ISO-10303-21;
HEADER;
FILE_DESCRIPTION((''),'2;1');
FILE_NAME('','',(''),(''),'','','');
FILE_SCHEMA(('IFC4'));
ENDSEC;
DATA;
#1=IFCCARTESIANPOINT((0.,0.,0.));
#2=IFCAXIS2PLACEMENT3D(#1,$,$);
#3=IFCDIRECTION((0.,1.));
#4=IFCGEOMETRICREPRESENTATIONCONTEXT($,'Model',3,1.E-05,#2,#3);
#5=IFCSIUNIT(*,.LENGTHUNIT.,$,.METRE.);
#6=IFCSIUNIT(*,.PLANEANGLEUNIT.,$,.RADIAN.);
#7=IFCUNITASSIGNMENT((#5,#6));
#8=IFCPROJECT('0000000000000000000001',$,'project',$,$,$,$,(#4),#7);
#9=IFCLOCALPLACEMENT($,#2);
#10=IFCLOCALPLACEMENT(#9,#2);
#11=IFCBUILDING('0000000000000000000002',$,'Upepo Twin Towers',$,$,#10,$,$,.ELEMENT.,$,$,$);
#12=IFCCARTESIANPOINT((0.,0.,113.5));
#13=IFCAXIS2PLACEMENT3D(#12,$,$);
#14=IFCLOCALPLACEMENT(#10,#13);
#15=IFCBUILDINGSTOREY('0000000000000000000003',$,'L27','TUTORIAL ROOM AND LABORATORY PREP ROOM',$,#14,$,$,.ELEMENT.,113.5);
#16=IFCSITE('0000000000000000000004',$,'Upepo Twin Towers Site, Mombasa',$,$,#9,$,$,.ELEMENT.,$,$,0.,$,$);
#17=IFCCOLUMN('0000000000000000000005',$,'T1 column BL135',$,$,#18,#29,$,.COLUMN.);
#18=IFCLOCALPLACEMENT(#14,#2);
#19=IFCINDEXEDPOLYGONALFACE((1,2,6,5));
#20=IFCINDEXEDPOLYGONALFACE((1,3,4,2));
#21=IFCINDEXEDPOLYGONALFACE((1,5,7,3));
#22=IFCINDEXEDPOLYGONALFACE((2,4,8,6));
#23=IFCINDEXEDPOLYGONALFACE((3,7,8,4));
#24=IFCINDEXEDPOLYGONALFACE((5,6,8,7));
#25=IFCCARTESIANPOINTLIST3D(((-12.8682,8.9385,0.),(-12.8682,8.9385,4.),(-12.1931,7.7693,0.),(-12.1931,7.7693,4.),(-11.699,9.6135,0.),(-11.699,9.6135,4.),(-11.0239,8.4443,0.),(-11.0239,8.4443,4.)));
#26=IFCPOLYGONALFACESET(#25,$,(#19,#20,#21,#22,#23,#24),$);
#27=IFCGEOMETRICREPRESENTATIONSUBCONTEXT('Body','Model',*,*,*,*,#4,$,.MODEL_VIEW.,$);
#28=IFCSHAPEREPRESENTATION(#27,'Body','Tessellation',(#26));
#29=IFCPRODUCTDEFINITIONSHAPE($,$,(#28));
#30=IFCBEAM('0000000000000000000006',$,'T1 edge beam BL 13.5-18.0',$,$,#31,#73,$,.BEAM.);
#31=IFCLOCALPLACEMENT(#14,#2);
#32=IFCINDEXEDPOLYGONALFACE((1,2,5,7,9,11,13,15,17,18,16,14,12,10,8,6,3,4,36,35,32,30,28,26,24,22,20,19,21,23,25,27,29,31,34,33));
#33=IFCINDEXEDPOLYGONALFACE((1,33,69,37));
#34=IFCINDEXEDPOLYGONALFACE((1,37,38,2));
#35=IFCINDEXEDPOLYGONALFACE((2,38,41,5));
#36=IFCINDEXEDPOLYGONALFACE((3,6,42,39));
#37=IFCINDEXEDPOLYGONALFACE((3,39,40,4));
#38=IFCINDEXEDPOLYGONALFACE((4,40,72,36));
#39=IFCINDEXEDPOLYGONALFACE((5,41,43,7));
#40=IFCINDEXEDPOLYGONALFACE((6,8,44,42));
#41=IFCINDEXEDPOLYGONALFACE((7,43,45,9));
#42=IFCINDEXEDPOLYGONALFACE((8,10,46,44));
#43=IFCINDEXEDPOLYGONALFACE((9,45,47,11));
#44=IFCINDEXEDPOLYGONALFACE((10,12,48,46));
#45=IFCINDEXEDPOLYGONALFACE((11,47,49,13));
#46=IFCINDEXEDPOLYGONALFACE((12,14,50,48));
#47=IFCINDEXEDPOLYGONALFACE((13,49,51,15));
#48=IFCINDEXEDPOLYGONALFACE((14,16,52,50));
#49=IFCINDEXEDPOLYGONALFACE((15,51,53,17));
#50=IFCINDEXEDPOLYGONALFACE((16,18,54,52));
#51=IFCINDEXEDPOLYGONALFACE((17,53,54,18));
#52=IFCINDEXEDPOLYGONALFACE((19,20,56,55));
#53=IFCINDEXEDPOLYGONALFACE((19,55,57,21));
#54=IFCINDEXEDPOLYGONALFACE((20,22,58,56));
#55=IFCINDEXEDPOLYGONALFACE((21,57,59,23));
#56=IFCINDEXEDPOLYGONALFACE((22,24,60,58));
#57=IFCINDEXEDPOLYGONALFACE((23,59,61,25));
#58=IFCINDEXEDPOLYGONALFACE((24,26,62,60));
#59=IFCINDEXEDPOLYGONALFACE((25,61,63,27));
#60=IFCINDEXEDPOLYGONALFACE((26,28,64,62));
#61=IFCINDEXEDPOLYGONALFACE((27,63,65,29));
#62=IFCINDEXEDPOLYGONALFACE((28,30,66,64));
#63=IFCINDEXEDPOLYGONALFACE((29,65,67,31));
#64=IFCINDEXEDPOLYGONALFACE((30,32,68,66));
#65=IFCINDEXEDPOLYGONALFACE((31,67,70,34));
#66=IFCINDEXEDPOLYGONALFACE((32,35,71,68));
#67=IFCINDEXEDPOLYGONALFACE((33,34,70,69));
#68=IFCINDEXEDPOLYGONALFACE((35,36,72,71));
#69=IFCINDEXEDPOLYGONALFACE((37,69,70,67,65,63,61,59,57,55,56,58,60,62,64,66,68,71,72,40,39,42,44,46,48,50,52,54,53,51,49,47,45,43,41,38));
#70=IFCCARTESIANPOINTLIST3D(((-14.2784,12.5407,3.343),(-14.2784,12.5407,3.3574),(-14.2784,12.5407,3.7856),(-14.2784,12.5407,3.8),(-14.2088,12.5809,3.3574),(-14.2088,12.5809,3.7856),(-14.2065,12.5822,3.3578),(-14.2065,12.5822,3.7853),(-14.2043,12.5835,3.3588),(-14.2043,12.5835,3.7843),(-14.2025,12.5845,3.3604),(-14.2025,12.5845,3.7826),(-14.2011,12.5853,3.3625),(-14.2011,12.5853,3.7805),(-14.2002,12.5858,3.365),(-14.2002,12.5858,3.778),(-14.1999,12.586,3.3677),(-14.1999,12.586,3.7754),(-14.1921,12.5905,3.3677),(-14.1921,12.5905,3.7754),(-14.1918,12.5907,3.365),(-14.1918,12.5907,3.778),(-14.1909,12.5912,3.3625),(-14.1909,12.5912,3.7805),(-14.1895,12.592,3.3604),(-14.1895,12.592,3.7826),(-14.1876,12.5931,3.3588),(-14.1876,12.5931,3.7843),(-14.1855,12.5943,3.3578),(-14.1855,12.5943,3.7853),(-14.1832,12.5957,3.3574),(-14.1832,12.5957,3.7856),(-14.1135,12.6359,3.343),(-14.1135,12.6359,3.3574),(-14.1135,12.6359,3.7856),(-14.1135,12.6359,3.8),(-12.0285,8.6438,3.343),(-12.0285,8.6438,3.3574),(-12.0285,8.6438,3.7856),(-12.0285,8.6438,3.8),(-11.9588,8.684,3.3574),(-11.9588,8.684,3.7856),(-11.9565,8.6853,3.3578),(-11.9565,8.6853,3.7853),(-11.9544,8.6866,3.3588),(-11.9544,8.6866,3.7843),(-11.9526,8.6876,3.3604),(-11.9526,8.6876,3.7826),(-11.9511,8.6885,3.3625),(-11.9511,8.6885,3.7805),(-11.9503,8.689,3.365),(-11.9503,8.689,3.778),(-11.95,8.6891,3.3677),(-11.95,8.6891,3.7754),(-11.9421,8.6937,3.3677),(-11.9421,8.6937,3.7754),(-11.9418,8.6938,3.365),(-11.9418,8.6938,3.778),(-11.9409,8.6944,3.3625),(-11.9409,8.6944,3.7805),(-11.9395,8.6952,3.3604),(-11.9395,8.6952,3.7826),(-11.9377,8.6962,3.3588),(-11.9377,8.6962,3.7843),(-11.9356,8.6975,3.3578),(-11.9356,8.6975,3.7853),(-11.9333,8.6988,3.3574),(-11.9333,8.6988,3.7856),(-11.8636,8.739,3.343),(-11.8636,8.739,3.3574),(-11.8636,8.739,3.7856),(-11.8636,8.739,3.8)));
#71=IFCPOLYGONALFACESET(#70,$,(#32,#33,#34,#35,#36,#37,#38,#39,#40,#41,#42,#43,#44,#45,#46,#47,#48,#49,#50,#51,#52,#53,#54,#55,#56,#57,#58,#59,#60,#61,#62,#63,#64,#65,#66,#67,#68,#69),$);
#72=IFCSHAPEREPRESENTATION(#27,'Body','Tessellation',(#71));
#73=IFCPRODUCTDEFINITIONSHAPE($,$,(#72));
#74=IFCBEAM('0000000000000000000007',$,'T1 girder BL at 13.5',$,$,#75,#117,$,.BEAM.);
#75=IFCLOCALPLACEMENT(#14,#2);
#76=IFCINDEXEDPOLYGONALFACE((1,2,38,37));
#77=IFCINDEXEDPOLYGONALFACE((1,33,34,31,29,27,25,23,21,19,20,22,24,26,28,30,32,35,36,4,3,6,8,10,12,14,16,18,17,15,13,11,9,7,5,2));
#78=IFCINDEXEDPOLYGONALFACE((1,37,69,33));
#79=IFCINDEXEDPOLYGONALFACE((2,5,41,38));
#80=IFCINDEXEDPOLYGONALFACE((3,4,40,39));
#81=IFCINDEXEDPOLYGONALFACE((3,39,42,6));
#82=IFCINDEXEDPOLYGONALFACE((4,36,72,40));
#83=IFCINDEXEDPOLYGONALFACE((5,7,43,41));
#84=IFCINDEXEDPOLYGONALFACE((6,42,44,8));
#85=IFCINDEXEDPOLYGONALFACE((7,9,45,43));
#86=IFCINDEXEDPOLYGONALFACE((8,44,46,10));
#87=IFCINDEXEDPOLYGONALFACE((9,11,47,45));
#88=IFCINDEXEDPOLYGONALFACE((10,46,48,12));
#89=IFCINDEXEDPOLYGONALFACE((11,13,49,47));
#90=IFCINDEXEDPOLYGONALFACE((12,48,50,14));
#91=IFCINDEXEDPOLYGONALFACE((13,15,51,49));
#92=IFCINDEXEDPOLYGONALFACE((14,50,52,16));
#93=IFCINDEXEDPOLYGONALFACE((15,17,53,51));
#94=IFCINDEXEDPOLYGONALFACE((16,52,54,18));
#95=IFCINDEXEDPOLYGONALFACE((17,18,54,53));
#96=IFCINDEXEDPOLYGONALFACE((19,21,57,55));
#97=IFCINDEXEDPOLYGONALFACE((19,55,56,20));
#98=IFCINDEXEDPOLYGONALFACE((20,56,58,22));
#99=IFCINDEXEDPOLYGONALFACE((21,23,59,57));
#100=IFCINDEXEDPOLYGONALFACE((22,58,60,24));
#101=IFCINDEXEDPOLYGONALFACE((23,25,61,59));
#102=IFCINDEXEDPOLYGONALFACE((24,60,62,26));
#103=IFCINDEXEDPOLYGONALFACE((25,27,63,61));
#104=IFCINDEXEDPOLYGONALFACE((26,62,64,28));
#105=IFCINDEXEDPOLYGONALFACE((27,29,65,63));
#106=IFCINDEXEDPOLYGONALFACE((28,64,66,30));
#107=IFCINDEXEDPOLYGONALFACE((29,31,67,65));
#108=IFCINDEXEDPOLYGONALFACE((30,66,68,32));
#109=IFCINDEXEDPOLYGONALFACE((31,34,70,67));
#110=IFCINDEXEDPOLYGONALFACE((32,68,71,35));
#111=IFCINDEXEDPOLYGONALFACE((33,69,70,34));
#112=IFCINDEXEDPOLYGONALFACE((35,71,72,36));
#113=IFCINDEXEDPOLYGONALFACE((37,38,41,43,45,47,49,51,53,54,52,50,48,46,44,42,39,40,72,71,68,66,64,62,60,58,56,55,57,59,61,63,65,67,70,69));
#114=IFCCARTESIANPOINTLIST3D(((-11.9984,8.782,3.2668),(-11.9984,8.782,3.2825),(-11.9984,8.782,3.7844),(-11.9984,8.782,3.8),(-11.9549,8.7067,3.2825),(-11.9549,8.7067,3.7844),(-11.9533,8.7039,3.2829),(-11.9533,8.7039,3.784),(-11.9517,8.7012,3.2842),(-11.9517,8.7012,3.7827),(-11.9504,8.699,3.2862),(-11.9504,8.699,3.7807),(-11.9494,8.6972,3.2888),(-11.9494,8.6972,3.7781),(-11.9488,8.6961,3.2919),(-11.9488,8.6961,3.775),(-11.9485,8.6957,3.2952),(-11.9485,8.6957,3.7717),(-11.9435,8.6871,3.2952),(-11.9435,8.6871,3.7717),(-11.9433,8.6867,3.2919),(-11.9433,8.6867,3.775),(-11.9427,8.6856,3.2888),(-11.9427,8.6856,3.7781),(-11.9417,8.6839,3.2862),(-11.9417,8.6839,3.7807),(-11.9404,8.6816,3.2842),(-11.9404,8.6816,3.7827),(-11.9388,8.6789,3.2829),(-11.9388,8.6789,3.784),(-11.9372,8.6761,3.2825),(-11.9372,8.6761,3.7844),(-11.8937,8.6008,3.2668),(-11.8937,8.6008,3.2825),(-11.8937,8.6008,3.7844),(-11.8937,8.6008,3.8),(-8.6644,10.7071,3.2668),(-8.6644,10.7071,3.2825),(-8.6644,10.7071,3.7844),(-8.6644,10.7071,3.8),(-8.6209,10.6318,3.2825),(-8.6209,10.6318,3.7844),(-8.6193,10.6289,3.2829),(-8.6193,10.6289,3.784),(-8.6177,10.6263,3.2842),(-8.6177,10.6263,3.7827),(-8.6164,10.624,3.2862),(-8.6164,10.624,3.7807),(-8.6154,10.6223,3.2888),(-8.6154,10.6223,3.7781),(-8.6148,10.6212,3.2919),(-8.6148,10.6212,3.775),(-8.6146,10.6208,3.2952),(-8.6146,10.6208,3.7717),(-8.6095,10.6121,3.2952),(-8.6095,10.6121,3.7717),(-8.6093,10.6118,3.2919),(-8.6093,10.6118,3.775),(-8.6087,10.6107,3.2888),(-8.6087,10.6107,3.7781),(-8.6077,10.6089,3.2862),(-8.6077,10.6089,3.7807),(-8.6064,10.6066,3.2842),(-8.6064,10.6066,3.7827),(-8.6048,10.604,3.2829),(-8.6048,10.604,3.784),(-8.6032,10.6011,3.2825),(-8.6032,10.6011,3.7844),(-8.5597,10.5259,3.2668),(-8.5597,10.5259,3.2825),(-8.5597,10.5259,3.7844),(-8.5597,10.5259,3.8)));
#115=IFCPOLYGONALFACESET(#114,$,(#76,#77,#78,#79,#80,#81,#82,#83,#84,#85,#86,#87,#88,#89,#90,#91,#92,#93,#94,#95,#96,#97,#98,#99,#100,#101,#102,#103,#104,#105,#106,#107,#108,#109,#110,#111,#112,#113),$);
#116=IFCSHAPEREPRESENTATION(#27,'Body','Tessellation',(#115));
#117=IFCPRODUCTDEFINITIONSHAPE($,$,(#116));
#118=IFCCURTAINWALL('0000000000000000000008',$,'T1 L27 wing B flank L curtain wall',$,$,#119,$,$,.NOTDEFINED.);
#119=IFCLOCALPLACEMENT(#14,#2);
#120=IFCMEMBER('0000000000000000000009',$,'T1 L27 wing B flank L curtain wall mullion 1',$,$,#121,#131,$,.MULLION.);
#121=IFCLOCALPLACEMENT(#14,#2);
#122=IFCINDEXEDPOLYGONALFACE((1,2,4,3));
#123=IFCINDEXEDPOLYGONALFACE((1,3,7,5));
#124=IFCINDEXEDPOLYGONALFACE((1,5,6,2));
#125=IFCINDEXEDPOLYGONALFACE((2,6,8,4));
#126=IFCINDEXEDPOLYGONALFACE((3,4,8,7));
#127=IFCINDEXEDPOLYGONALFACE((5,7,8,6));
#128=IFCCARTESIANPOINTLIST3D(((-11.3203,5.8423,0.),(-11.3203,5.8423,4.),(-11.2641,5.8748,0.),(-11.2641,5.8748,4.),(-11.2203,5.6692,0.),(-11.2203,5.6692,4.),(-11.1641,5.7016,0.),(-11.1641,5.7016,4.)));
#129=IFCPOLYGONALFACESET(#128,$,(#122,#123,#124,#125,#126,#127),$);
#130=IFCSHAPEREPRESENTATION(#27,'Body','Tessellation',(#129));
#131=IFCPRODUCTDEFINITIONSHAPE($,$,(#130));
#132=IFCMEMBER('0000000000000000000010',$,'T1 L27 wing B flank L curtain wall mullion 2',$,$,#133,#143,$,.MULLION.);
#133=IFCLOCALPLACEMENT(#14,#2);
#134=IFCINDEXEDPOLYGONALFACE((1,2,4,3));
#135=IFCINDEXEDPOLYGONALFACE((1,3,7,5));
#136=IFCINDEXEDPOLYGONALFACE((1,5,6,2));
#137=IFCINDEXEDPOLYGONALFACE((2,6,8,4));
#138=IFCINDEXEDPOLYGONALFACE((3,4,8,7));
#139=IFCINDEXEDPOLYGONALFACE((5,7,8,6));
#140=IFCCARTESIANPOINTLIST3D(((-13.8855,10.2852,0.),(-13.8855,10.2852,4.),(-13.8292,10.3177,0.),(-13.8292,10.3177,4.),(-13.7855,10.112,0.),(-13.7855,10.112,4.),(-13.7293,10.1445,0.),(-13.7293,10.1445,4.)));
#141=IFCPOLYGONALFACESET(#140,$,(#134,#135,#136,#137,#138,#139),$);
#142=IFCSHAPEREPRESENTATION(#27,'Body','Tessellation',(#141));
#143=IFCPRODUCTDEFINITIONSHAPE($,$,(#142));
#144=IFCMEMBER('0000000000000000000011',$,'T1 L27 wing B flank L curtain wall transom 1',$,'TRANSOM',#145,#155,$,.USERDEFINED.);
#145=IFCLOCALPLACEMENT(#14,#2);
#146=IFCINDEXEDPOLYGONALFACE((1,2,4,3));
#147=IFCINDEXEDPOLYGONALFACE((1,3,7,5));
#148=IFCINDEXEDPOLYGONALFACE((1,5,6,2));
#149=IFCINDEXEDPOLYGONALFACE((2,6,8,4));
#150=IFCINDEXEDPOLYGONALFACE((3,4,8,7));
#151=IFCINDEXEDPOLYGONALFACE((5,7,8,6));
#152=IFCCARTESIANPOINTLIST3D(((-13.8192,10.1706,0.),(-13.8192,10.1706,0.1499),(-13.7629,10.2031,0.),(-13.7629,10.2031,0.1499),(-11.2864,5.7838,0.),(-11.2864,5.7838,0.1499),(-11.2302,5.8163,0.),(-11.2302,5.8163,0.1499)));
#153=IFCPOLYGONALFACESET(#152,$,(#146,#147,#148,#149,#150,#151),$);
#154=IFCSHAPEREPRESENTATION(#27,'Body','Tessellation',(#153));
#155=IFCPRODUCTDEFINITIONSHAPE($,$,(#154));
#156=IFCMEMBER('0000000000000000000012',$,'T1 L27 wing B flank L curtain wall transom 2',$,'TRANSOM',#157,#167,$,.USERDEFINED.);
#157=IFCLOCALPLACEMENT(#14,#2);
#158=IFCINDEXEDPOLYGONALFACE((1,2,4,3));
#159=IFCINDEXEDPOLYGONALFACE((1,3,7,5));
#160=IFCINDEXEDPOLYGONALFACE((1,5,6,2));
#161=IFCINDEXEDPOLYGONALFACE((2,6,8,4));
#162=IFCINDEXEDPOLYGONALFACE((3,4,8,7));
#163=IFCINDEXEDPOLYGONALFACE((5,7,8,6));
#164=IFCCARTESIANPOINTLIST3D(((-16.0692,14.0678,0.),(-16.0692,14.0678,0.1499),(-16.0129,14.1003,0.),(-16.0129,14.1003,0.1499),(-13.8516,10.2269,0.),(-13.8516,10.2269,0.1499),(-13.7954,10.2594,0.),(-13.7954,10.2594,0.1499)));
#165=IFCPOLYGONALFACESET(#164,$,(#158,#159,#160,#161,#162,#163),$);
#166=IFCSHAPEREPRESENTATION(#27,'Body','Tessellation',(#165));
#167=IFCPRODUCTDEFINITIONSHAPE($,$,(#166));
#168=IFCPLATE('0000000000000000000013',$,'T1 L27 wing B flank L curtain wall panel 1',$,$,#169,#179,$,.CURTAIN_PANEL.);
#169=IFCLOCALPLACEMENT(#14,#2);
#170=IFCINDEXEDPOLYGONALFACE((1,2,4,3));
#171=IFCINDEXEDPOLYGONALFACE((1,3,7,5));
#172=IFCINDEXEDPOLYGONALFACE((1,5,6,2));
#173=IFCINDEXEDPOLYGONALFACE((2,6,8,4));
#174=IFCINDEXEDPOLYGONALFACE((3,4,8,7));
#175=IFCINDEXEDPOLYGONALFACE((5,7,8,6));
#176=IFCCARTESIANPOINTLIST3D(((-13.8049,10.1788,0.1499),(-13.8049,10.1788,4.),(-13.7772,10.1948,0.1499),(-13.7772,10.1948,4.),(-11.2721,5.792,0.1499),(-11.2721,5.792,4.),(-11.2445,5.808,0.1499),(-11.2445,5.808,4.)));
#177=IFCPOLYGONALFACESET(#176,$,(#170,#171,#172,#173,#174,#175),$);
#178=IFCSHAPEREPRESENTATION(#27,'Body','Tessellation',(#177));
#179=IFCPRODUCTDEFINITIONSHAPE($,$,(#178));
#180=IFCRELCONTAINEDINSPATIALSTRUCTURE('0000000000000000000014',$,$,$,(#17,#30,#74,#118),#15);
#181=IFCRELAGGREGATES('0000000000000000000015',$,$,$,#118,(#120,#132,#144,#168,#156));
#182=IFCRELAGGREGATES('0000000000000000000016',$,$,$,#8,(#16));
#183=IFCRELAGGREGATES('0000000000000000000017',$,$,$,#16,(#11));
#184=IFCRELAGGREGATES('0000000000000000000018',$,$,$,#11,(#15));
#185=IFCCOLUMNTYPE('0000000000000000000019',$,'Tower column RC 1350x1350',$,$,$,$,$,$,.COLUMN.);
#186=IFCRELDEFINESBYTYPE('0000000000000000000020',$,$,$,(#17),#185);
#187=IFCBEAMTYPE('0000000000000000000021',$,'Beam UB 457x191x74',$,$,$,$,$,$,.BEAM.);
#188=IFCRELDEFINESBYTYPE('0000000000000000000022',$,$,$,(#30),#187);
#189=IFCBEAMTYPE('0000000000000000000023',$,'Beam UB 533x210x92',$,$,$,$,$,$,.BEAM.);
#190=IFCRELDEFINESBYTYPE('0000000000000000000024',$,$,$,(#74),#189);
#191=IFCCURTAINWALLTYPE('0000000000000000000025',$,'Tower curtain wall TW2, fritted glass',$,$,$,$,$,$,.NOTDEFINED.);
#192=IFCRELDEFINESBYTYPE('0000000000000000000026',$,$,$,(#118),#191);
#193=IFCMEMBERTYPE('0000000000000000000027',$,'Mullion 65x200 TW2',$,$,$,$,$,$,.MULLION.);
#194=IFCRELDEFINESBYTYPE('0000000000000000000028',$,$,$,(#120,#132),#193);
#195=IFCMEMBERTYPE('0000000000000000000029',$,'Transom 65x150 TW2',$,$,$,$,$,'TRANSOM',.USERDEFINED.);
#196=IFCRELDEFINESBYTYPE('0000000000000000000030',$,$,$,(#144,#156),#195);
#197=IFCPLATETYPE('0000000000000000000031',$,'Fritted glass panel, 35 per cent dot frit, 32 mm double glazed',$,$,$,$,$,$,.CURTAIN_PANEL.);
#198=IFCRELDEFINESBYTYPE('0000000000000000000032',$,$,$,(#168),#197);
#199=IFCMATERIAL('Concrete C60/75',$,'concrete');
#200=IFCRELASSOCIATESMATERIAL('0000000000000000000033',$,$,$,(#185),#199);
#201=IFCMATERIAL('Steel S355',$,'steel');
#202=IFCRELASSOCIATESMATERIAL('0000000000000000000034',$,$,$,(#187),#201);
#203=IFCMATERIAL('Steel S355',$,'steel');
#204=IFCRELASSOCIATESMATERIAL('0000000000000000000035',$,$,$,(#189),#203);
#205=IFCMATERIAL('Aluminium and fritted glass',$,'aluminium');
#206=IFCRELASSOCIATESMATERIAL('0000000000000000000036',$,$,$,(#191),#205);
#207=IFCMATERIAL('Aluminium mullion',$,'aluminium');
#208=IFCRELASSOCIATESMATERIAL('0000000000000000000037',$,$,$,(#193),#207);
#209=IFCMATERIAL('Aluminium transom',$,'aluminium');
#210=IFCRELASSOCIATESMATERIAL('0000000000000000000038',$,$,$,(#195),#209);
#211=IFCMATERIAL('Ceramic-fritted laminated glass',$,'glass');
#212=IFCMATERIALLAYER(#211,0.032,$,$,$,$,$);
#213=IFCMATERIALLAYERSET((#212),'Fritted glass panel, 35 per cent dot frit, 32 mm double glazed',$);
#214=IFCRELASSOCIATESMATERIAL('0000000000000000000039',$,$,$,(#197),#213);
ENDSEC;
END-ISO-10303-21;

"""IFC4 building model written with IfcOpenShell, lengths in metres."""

from ifc_helpers import new_model, si_unit, direction, frame, origin, origin_2d, place, context, subcontext, project, spatial, rectangle, i_section, extrude, material, layer, layer_set, material_profile, profile_set, type_object, element, aggregate, save


model = new_model("IFC4")

# Units and contexts
model_context = context("Model", 3, precision=1e-05, world=origin(), true_north=direction((0.0, 1.0)))
body_context = subcontext(model_context, "Body", "Model", "MODEL_VIEW")
ifc_project = project(units=[si_unit("LENGTHUNIT", "METRE"), si_unit("PLANEANGLEUNIT", "RADIAN")], contexts=[model_context])

# Site, building, storey
site_placement = place(None, origin())
site = spatial("IfcSite", under=ifc_project, at=site_placement, Name="Upepo Twin Towers Site, Mombasa", CompositionType="ELEMENT", RefElevation=0.0)
building_placement = place(site_placement, origin())
building = spatial("IfcBuilding", under=site, at=building_placement, Name="Upepo Twin Towers", CompositionType="ELEMENT")
storey_placement = place(building_placement, frame((0.0, 0.0, 113.5)))
storey = spatial("IfcBuildingStorey", under=building, at=storey_placement, Name="L27", Description="TUTORIAL ROOM AND LABORATORY PREP ROOM", CompositionType="ELEMENT", Elevation=113.5)

# Column
ifc_material_1 = material(Name="Concrete C60/75", Category="concrete")
ifc_material_profile_1 = material_profile(ifc_material_1, rectangle(XDim=1.3501, YDim=1.3501, at=origin_2d()), Name="RC 1350x1350")
ifc_profile_set_1 = profile_set([ifc_material_profile_1], Name="Concrete C60/75")
column_type = type_object("IfcColumnType", Name="Tower column RC 1350x1350", PredefinedType="COLUMN", material=ifc_profile_set_1)
column_placement = place(storey_placement, frame((-11.946, 8.6914, 0.0), z_axis=(0.0, 0.0, 1.0), x_axis=(0.866025, 0.5, 0.0)))
element("IfcColumn", 1, at=column_placement, inside=storey, type_object=column_type, Name="T1 column BL135", PredefinedType="COLUMN", context=body_context, shape_type="SweptSolid", body=[
    extrude(rectangle(XDim=1.3501, YDim=1.3501, at=origin_2d()), origin(), (0.0, 0.0, 1.0), 4.0),
])

# Beams
ifc_material_2 = material(Name="Steel S355", Category="steel")
ifc_material_profile_2 = material_profile(ifc_material_2, i_section(OverallWidth=0.1904, OverallDepth=0.457, WebThickness=0.009, FlangeThickness=0.0144, FilletRadius=0.0103, at=origin_2d()), Name="UB 457x191x74")
ifc_profile_set_2 = profile_set([ifc_material_profile_2], Name="Steel S355")
beam_type_1 = type_object("IfcBeamType", Name="Beam UB 457x191x74", PredefinedType="BEAM", material=ifc_profile_set_2)
beam_1_placement = place(storey_placement, frame((-11.946, 8.6914, 3.5715), z_axis=(-0.500014, 0.866018, 0.0), x_axis=(-0.866018, -0.500014, 0.0)))
element("IfcBeam", 2, at=beam_1_placement, inside=storey, type_object=beam_type_1, Name="T1 edge beam BL 13.5-18.0", PredefinedType="BEAM", context=body_context, shape_type="SweptSolid", body=[
    extrude(i_section(OverallWidth=0.1904, OverallDepth=0.457, WebThickness=0.009, FlangeThickness=0.0144, FilletRadius=0.0103, at=origin_2d()), origin(), (0.0, 0.0, 1.0), 4.4998),
])
ifc_material_3 = material(Name="Steel S355", Category="steel")
ifc_material_profile_3 = material_profile(ifc_material_3, i_section(OverallWidth=0.2092, OverallDepth=0.5332, WebThickness=0.01, FlangeThickness=0.0156, FilletRadius=0.0127, at=origin_2d()), Name="UB 533x210x92")
ifc_profile_set_3 = profile_set([ifc_material_profile_3], Name="Steel S355")
beam_type_2 = type_object("IfcBeamType", Name="Beam UB 533x210x92", PredefinedType="BEAM", material=ifc_profile_set_3)
beam_2_placement = place(storey_placement, frame((-11.946, 8.6914, 3.5334), z_axis=(0.866006, 0.500034, 0.0), x_axis=(-0.500034, 0.866006, 0.0)))
element("IfcBeam", 3, at=beam_2_placement, inside=storey, type_object=beam_type_2, Name="T1 girder BL at 13.5", PredefinedType="BEAM", context=body_context, shape_type="SweptSolid", body=[
    extrude(i_section(OverallWidth=0.2092, OverallDepth=0.5332, WebThickness=0.01, FlangeThickness=0.0156, FilletRadius=0.0127, at=origin_2d()), origin(), (0.0, 0.0, 1.0), 3.8499),
])

# Curtain wall, members, plate
ifc_material_4 = material(Name="Aluminium and fritted glass", Category="aluminium")
curtain_wall_type = type_object("IfcCurtainWallType", Name="Tower curtain wall TW2, fritted glass", PredefinedType="NOTDEFINED", material=ifc_material_4)
curtain_wall_placement = place(storey_placement, origin())
curtain_wall = element("IfcCurtainWall", 4, at=curtain_wall_placement, inside=storey, type_object=curtain_wall_type, Name="T1 L27 wing B flank L curtain wall", PredefinedType="NOTDEFINED")
ifc_material_5 = material(Name="Aluminium mullion", Category="aluminium")
ifc_material_profile_4 = material_profile(ifc_material_5, rectangle(XDim=0.0649, YDim=0.2, at=origin_2d()), Name="MULLION 65x200")
ifc_profile_set_4 = profile_set([ifc_material_profile_4], Name="Aluminium mullion")
member_type_1 = type_object("IfcMemberType", Name="Mullion 65x200 TW2", PredefinedType="MULLION", material=ifc_profile_set_4)
member_1_placement = place(storey_placement, frame((-11.2422, 5.772, 0.0), z_axis=(0.0, 0.0, 1.0), x_axis=(-0.866025, -0.5, 0.0)))
member_1 = element("IfcMember", 5, at=member_1_placement, type_object=member_type_1, Name="T1 L27 wing B flank L curtain wall mullion 1", PredefinedType="MULLION", context=body_context, shape_type="SweptSolid", body=[
    extrude(rectangle(XDim=0.0649, YDim=0.2, at=origin_2d()), origin(), (0.0, 0.0, 1.0), 4.0),
])
member_2_placement = place(storey_placement, frame((-13.8074, 10.2148, 0.0), z_axis=(0.0, 0.0, 1.0), x_axis=(-0.866025, -0.5, 0.0)))
member_2 = element("IfcMember", 6, at=member_2_placement, type_object=member_type_1, Name="T1 L27 wing B flank L curtain wall mullion 2", PredefinedType="MULLION", context=body_context, shape_type="SweptSolid", body=[
    extrude(rectangle(XDim=0.0649, YDim=0.2, at=origin_2d()), origin(), (0.0, 0.0, 1.0), 4.0),
])
ifc_material_6 = material(Name="Aluminium transom", Category="aluminium")
ifc_material_profile_5 = material_profile(ifc_material_6, rectangle(XDim=0.0649, YDim=0.1499, at=origin_2d()), Name="TRANSOM 65x150")
ifc_profile_set_5 = profile_set([ifc_material_profile_5], Name="Aluminium transom")
member_type_2 = type_object("IfcMemberType", Name="Transom 65x150 TW2", ElementType="TRANSOM", PredefinedType="USERDEFINED", material=ifc_profile_set_5)
member_3_placement = place(storey_placement, frame((-11.2583, 5.8, 0.075), z_axis=(-0.500006, 0.866022, 0.0), x_axis=(-0.866022, -0.500006, 0.0)))
member_3 = element("IfcMember", 7, at=member_3_placement, type_object=member_type_2, Name="T1 L27 wing B flank L curtain wall transom 1", ObjectType="TRANSOM", PredefinedType="USERDEFINED", context=body_context, shape_type="SweptSolid", body=[
    extrude(rectangle(XDim=0.0649, YDim=0.1499, at=origin_2d()), origin(), (0.0, 0.0, 1.0), 5.0654),
])
member_4_placement = place(storey_placement, frame((-13.8235, 10.2432, 0.075), z_axis=(-0.500005, 0.866022, 0.0), x_axis=(-0.866022, -0.500005, 0.0)))
member_4 = element("IfcMember", 8, at=member_4_placement, type_object=member_type_2, Name="T1 L27 wing B flank L curtain wall transom 2", ObjectType="TRANSOM", PredefinedType="USERDEFINED", context=body_context, shape_type="SweptSolid", body=[
    extrude(rectangle(XDim=0.0649, YDim=0.1499, at=origin_2d()), origin(), (0.0, 0.0, 1.0), 4.4351),
])
ifc_material_7 = material(Name="Ceramic-fritted laminated glass", Category="glass")
ifc_layer_1 = layer(ifc_material_7, 0.032)
ifc_layer_set_1 = layer_set([ifc_layer_1], Name="Fritted glass panel, 35 per cent dot frit, 32 mm double glazed")
plate_type = type_object("IfcPlateType", Name="Fritted glass panel, 35 per cent dot frit, 32 mm double glazed", PredefinedType="CURTAIN_PANEL", material=ifc_layer_set_1)
plate_placement = place(storey_placement, frame((-12.5247, 7.9934, 0.1499), z_axis=(0.0, 0.0, 1.0), x_axis=(-0.5, 0.866025, 0.0)))
plate = element("IfcPlate", 9, at=plate_placement, type_object=plate_type, Name="T1 L27 wing B flank L curtain wall panel 1", PredefinedType="CURTAIN_PANEL", context=body_context, shape_type="SweptSolid", body=[
    extrude(rectangle(XDim=5.0654, YDim=0.032, at=origin_2d()), origin(), (0.0, 0.0, 1.0), 3.8501),
])
aggregate(curtain_wall, [member_1, member_2, member_3, plate, member_4])

save(model, "model.ifc")
